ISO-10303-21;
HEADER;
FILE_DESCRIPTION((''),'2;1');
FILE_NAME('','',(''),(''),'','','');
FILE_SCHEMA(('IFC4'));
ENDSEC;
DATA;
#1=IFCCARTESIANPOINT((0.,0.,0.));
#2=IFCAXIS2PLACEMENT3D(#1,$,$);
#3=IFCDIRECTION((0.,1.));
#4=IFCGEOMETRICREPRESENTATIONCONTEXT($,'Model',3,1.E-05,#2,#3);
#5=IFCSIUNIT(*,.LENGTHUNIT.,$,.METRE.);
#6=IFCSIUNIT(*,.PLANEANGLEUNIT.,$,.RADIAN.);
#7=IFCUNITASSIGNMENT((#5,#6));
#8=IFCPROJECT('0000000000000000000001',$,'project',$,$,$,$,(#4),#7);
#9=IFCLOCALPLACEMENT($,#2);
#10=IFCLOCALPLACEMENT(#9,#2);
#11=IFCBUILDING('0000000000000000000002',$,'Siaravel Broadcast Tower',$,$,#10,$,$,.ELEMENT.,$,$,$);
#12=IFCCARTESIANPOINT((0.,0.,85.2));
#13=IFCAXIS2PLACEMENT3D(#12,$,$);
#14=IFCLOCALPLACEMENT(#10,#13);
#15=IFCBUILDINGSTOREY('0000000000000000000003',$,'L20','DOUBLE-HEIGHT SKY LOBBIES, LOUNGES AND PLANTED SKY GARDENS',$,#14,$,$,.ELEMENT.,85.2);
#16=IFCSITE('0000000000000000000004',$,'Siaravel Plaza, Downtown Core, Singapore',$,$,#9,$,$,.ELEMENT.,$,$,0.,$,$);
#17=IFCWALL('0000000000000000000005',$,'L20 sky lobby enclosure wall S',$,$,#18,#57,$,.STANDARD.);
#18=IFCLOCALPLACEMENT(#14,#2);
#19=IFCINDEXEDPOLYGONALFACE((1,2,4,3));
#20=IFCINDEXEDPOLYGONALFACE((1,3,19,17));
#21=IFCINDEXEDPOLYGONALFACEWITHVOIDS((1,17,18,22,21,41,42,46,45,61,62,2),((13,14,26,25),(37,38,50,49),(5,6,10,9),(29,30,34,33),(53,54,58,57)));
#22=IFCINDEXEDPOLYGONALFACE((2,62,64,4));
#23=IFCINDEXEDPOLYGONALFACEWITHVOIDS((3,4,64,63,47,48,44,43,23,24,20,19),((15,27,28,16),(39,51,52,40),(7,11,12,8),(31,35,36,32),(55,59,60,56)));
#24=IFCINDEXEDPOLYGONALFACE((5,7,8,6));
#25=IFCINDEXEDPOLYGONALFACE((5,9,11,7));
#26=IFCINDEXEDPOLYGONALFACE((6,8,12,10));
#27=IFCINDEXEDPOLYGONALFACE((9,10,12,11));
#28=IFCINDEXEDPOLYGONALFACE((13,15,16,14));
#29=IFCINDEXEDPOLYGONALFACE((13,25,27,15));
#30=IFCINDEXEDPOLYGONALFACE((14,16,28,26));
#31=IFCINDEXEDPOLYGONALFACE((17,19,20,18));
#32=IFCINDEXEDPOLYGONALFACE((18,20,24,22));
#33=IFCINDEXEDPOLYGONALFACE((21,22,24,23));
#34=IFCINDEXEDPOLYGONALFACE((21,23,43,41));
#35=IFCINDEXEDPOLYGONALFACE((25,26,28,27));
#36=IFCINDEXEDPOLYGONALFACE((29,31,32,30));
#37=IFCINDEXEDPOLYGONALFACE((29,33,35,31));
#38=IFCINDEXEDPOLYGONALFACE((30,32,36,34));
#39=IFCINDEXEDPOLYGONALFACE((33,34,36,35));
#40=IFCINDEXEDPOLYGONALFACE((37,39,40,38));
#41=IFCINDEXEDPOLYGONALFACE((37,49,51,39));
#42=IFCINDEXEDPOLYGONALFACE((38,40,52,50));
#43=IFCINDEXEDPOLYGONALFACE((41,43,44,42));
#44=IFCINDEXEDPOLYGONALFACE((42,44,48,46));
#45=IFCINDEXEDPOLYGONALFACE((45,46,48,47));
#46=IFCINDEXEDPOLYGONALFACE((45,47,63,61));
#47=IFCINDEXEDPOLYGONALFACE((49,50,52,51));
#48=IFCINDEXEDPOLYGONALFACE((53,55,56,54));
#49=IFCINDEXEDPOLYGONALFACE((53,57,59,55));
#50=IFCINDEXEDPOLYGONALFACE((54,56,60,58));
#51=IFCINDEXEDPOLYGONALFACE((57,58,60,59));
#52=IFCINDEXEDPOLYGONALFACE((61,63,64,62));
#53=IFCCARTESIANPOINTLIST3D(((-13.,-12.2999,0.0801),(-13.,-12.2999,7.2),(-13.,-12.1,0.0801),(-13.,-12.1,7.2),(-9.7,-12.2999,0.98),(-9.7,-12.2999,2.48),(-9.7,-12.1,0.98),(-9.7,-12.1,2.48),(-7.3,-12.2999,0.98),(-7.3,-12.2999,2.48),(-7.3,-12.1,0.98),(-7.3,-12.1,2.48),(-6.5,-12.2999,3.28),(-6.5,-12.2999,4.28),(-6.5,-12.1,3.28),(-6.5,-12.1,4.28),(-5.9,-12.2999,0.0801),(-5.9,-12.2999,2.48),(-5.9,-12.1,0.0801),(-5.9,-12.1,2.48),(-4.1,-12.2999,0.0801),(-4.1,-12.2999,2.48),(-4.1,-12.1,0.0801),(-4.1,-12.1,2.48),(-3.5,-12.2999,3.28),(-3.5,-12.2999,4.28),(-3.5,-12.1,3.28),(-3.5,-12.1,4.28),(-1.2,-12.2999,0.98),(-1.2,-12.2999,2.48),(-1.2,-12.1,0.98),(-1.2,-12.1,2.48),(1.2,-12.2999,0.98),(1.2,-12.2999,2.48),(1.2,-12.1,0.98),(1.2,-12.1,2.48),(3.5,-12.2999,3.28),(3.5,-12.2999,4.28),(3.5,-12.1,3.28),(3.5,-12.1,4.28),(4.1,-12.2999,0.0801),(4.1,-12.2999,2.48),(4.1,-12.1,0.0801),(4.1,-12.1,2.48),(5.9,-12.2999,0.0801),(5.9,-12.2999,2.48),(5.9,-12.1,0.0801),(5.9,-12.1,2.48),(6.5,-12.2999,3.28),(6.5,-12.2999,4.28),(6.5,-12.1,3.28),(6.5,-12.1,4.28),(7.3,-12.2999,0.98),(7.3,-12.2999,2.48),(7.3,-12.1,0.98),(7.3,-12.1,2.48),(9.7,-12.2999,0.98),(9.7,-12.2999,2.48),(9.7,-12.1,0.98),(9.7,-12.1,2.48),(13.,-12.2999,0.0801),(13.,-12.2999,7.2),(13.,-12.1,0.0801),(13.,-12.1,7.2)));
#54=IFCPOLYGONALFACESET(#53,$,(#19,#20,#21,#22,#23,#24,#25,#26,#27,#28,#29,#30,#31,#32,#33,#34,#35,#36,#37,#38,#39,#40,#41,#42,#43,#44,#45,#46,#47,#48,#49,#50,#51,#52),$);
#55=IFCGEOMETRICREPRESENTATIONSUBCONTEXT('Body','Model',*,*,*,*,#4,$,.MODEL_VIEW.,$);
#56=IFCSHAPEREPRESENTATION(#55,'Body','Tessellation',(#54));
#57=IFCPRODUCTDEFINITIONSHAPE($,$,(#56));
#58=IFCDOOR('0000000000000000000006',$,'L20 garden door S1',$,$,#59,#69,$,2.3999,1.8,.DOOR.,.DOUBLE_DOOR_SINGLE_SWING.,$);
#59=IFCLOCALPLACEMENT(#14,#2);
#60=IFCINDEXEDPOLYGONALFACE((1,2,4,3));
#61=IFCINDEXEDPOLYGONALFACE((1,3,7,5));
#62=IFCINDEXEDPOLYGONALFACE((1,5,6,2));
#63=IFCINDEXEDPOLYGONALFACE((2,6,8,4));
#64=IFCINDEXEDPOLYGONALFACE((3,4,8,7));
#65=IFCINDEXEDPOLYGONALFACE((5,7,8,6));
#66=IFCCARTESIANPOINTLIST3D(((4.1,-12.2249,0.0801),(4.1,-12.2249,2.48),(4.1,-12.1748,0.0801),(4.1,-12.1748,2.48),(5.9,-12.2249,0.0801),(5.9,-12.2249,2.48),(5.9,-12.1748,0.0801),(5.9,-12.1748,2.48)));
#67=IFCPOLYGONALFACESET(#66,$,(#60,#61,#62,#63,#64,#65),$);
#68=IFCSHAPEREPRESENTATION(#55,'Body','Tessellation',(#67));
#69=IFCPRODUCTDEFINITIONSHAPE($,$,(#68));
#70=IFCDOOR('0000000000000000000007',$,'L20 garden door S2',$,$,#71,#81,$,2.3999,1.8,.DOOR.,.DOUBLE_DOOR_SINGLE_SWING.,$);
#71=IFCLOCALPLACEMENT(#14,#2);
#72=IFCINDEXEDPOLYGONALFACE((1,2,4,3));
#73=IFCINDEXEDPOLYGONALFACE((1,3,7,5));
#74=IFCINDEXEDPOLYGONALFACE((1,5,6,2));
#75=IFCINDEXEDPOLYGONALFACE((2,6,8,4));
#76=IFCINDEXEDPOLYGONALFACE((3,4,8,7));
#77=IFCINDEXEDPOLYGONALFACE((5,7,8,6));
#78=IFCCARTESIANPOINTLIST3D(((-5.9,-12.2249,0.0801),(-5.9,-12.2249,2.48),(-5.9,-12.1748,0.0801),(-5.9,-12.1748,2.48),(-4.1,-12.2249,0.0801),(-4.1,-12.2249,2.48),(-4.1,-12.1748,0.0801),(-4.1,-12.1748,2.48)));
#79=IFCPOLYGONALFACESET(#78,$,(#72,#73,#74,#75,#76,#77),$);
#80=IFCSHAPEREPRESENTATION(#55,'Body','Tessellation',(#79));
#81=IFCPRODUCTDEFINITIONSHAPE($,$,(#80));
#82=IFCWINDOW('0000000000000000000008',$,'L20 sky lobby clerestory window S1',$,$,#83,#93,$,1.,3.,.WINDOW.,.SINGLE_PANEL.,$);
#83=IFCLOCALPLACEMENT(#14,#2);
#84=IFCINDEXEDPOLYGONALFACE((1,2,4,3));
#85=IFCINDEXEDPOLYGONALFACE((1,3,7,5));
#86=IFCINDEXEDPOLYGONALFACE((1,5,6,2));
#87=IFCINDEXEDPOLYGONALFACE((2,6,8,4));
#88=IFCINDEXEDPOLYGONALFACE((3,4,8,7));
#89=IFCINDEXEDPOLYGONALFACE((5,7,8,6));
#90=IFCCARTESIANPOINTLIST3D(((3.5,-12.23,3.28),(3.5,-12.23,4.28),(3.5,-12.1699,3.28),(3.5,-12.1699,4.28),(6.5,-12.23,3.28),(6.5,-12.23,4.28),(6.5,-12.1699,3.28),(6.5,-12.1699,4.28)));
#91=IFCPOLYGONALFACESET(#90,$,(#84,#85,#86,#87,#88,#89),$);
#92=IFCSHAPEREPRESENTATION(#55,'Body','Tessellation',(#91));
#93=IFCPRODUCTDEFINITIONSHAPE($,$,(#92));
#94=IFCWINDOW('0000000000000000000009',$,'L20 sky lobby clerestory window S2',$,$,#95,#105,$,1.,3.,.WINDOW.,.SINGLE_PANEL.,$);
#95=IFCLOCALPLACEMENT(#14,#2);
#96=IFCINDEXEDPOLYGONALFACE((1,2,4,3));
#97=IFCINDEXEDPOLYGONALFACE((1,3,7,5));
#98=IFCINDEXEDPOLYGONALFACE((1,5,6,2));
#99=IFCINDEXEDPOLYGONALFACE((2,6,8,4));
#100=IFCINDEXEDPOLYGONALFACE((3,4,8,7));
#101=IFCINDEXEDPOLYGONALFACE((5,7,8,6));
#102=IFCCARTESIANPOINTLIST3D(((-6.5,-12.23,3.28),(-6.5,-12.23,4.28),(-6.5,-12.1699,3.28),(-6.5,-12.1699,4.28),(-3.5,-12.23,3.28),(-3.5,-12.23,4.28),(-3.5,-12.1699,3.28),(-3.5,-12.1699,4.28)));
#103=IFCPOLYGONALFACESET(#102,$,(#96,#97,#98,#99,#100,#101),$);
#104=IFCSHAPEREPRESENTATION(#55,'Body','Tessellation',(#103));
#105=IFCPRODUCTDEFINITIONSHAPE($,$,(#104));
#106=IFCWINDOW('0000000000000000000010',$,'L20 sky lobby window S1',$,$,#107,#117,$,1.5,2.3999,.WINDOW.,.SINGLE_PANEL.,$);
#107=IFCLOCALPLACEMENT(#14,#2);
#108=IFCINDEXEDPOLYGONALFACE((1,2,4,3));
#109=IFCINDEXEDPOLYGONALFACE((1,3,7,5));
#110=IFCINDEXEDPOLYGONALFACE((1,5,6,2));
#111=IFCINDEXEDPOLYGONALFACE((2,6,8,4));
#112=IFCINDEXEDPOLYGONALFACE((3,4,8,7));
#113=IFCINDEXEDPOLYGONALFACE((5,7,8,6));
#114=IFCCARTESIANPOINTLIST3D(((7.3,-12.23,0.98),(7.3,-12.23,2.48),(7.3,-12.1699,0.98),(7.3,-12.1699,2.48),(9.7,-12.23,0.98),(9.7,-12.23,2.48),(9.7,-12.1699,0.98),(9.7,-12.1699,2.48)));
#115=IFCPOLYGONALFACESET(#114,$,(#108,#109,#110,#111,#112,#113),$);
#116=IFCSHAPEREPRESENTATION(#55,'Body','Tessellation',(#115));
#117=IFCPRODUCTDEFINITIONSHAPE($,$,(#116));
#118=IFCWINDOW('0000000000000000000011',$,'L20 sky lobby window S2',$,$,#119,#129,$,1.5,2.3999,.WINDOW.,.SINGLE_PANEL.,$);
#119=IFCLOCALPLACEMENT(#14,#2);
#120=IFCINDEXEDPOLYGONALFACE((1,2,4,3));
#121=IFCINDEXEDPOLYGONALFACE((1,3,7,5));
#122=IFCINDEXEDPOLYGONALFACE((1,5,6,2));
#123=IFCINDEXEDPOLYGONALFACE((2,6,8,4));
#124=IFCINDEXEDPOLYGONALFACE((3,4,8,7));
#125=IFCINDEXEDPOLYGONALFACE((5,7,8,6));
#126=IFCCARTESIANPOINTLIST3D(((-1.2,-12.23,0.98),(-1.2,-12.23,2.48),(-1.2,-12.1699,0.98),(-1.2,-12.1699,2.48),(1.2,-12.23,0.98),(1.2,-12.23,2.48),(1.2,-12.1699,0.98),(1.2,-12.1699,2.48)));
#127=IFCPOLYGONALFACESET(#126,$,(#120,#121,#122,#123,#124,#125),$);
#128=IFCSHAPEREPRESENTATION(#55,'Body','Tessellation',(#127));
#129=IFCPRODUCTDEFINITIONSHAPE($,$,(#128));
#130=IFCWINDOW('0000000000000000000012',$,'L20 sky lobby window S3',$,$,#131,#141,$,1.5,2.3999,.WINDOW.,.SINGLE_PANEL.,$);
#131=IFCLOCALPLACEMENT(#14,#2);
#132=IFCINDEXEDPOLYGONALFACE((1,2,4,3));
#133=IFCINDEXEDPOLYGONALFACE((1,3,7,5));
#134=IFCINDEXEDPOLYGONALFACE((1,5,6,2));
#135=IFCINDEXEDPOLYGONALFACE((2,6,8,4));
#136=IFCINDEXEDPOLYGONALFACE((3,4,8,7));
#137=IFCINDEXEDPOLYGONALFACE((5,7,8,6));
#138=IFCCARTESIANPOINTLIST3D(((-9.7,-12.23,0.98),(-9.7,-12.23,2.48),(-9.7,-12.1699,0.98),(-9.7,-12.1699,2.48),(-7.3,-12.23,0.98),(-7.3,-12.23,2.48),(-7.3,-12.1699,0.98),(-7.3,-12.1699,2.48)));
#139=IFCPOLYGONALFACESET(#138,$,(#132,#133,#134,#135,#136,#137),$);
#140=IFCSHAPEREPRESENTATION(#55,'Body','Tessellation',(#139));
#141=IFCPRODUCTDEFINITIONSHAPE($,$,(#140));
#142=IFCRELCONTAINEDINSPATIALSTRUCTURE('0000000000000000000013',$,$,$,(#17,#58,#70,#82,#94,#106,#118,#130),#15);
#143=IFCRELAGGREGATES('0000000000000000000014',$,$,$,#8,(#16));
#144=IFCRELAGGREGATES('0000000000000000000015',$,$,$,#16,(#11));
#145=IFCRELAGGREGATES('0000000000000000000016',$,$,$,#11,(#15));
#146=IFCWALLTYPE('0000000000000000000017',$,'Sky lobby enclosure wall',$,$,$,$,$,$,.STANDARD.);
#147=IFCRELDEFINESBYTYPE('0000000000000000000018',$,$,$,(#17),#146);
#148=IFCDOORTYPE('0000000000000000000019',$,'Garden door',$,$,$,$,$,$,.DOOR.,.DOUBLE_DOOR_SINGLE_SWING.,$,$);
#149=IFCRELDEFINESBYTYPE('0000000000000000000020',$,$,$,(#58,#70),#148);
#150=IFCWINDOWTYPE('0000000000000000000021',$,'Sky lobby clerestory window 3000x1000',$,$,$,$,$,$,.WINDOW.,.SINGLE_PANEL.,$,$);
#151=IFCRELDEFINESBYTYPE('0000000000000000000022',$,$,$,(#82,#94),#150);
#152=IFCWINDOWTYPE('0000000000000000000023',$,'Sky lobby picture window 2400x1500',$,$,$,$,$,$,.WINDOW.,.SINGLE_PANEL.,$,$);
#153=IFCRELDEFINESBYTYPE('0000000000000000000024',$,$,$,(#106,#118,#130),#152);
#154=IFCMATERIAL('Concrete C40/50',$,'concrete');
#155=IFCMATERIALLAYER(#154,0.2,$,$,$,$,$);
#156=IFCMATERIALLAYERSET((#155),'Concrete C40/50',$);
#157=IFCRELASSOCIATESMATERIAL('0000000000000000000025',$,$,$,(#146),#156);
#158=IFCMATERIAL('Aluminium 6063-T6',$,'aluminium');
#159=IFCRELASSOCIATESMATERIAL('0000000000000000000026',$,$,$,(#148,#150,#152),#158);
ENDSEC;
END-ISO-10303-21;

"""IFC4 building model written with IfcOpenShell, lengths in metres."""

from ifc_helpers import new_model, si_unit, direction, frame, frame_2d, origin, place, context, subcontext, project, spatial, rectangle, extrude, material, layer, layer_set, type_object, element, fill, save


model = new_model("IFC4")

# Units and contexts
model_context = context("Model", 3, precision=1e-05, world=origin(), true_north=direction((0.0, 1.0)))
body_context = subcontext(model_context, "Body", "Model", "MODEL_VIEW")
ifc_project = project(units=[si_unit("LENGTHUNIT", "METRE"), si_unit("PLANEANGLEUNIT", "RADIAN")], contexts=[model_context])

# Site, building, storey
site_placement = place(None, origin())
site = spatial("IfcSite", under=ifc_project, at=site_placement, Name="Siaravel Plaza, Downtown Core, Singapore", CompositionType="ELEMENT", RefElevation=0.0)
building_placement = place(site_placement, origin())
building = spatial("IfcBuilding", under=site, at=building_placement, Name="Siaravel Broadcast Tower", CompositionType="ELEMENT")
storey_placement = place(building_placement, frame((0.0, 0.0, 85.2)))
storey = spatial("IfcBuildingStorey", under=building, at=storey_placement, Name="L20", Description="DOUBLE-HEIGHT SKY LOBBIES, LOUNGES AND PLANTED SKY GARDENS", CompositionType="ELEMENT", Elevation=85.2)

# Wall, openings, doors, windows
ifc_material_1 = material(Name="Concrete C40/50", Category="concrete")
ifc_layer = layer(ifc_material_1, 0.2)
ifc_layer_set = layer_set([ifc_layer], Name="Concrete C40/50")
wall_type = type_object("IfcWallType", Name="Sky lobby enclosure wall", PredefinedType="STANDARD", material=ifc_layer_set)
wall_placement = place(storey_placement, frame((13.0, -12.2, 0.0801), z_axis=(0.0, 0.0, 1.0), x_axis=(-1.0, 0.0, 0.0)))
wall = element("IfcWall", 1, at=wall_placement, inside=storey, type_object=wall_type, Name="L20 sky lobby enclosure wall S", PredefinedType="STANDARD", context=body_context, shape_type="SweptSolid", body=[
    extrude(rectangle(XDim=26.0, YDim=0.2, at=frame_2d((13.0, 0.0))), origin(), (0.0, 0.0, 1.0), 7.1199),
])
opening_1_placement = place(wall_placement, frame((7.1001, 0.0, 0.0)))
opening_1 = element("IfcOpeningElement", 2, at=opening_1_placement, cuts=wall, PredefinedType="OPENING", context=body_context, shape_type="SweptSolid", body=[
    extrude(rectangle(XDim=1.8, YDim=2.3999, at=frame_2d((0.8999, 1.2))), frame((0.0, 0.1099, 0.0), z_axis=(0.0, -1.0, 0.0), x_axis=(1.0, 0.0, 0.0)), (0.0, 0.0, 1.0), 0.22),
])
opening_2_placement = place(wall_placement, frame((17.1001, 0.0, 0.0)))
opening_2 = element("IfcOpeningElement", 3, at=opening_2_placement, cuts=wall, PredefinedType="OPENING", context=body_context, shape_type="SweptSolid", body=[
    extrude(rectangle(XDim=1.8, YDim=2.3999, at=frame_2d((0.8999, 1.2))), frame((0.0, 0.1099, 0.0), z_axis=(0.0, -1.0, 0.0), x_axis=(1.0, 0.0, 0.0)), (0.0, 0.0, 1.0), 0.22),
])
opening_3_placement = place(wall_placement, frame((3.3, 0.0, 0.8999)))
opening_3 = element("IfcOpeningElement", 4, at=opening_3_placement, cuts=wall, PredefinedType="OPENING", context=body_context, shape_type="SweptSolid", body=[
    extrude(rectangle(XDim=2.3999, YDim=1.5, at=frame_2d((1.2, 0.75))), frame((0.0, 0.1099, 0.0), z_axis=(0.0, -1.0, 0.0), x_axis=(1.0, 0.0, 0.0)), (0.0, 0.0, 1.0), 0.22),
])
opening_4_placement = place(wall_placement, frame((11.8, 0.0, 0.8999)))
opening_4 = element("IfcOpeningElement", 5, at=opening_4_placement, cuts=wall, PredefinedType="OPENING", context=body_context, shape_type="SweptSolid", body=[
    extrude(rectangle(XDim=2.3999, YDim=1.5, at=frame_2d((1.2, 0.75))), frame((0.0, 0.1099, 0.0), z_axis=(0.0, -1.0, 0.0), x_axis=(1.0, 0.0, 0.0)), (0.0, 0.0, 1.0), 0.22),
])
opening_5_placement = place(wall_placement, frame((20.3, 0.0, 0.8999)))
opening_5 = element("IfcOpeningElement", 6, at=opening_5_placement, cuts=wall, PredefinedType="OPENING", context=body_context, shape_type="SweptSolid", body=[
    extrude(rectangle(XDim=2.3999, YDim=1.5, at=frame_2d((1.2, 0.75))), frame((0.0, 0.1099, 0.0), z_axis=(0.0, -1.0, 0.0), x_axis=(1.0, 0.0, 0.0)), (0.0, 0.0, 1.0), 0.22),
])
opening_6_placement = place(wall_placement, frame((6.5, 0.0, 3.2)))
opening_6 = element("IfcOpeningElement", 7, at=opening_6_placement, cuts=wall, PredefinedType="OPENING", context=body_context, shape_type="SweptSolid", body=[
    extrude(rectangle(XDim=3.0, YDim=1.0, at=frame_2d((1.5, 0.5))), frame((0.0, 0.1099, 0.0), z_axis=(0.0, -1.0, 0.0), x_axis=(1.0, 0.0, 0.0)), (0.0, 0.0, 1.0), 0.22),
])
opening_7_placement = place(wall_placement, frame((16.5, 0.0, 3.2)))
opening_7 = element("IfcOpeningElement", 8, at=opening_7_placement, cuts=wall, PredefinedType="OPENING", context=body_context, shape_type="SweptSolid", body=[
    extrude(rectangle(XDim=3.0, YDim=1.0, at=frame_2d((1.5, 0.5))), frame((0.0, 0.1099, 0.0), z_axis=(0.0, -1.0, 0.0), x_axis=(1.0, 0.0, 0.0)), (0.0, 0.0, 1.0), 0.22),
])
ifc_material_2 = material(Name="Aluminium 6063-T6", Category="aluminium")
door_type = type_object("IfcDoorType", Name="Garden door", OperationType="DOUBLE_DOOR_SINGLE_SWING", PredefinedType="DOOR", material=ifc_material_2)
door_1_placement = place(opening_1_placement, origin())
door_1 = element("IfcDoor", 9, at=door_1_placement, inside=storey, type_object=door_type, Name="L20 garden door S1", OperationType="DOUBLE_DOOR_SINGLE_SWING", OverallHeight=2.3999, OverallWidth=1.8, PredefinedType="DOOR", context=body_context, shape_type="SweptSolid", body=[
    extrude(rectangle(XDim=1.8, YDim=2.3999, at=frame_2d((0.8999, 1.2))), frame((0.0, 0.0249, 0.0), z_axis=(0.0, -1.0, 0.0), x_axis=(1.0, 0.0, 0.0)), (0.0, 0.0, 1.0), 0.05),
])
fill(opening_1, door_1)
door_2_placement = place(opening_2_placement, origin())
door_2 = element("IfcDoor", 10, at=door_2_placement, inside=storey, type_object=door_type, Name="L20 garden door S2", OperationType="DOUBLE_DOOR_SINGLE_SWING", OverallHeight=2.3999, OverallWidth=1.8, PredefinedType="DOOR", context=body_context, shape_type="SweptSolid", body=[
    extrude(rectangle(XDim=1.8, YDim=2.3999, at=frame_2d((0.8999, 1.2))), frame((0.0, 0.0249, 0.0), z_axis=(0.0, -1.0, 0.0), x_axis=(1.0, 0.0, 0.0)), (0.0, 0.0, 1.0), 0.05),
])
fill(opening_2, door_2)
window_type_1 = type_object("IfcWindowType", Name="Sky lobby clerestory window 3000x1000", PartitioningType="SINGLE_PANEL", PredefinedType="WINDOW", material=ifc_material_2)
window_1_placement = place(opening_6_placement, origin())
window_1 = element("IfcWindow", 11, at=window_1_placement, inside=storey, type_object=window_type_1, Name="L20 sky lobby clerestory window S1", OverallHeight=1.0, OverallWidth=3.0, PartitioningType="SINGLE_PANEL", PredefinedType="WINDOW", context=body_context, shape_type="SweptSolid", body=[
    extrude(rectangle(XDim=3.0, YDim=1.0, at=frame_2d((1.5, 0.5))), frame((0.0, 0.03, 0.0), z_axis=(0.0, -1.0, 0.0), x_axis=(1.0, 0.0, 0.0)), (0.0, 0.0, 1.0), 0.0601),
])
fill(opening_6, window_1)
window_2_placement = place(opening_7_placement, origin())
window_2 = element("IfcWindow", 12, at=window_2_placement, inside=storey, type_object=window_type_1, Name="L20 sky lobby clerestory window S2", OverallHeight=1.0, OverallWidth=3.0, PartitioningType="SINGLE_PANEL", PredefinedType="WINDOW", context=body_context, shape_type="SweptSolid", body=[
    extrude(rectangle(XDim=3.0, YDim=1.0, at=frame_2d((1.5, 0.5))), frame((0.0, 0.03, 0.0), z_axis=(0.0, -1.0, 0.0), x_axis=(1.0, 0.0, 0.0)), (0.0, 0.0, 1.0), 0.0601),
])
fill(opening_7, window_2)
window_type_2 = type_object("IfcWindowType", Name="Sky lobby picture window 2400x1500", PartitioningType="SINGLE_PANEL", PredefinedType="WINDOW", material=ifc_material_2)
window_3_placement = place(opening_3_placement, origin())
window_3 = element("IfcWindow", 13, at=window_3_placement, inside=storey, type_object=window_type_2, Name="L20 sky lobby window S1", OverallHeight=1.5, OverallWidth=2.3999, PartitioningType="SINGLE_PANEL", PredefinedType="WINDOW", context=body_context, shape_type="SweptSolid", body=[
    extrude(rectangle(XDim=2.3999, YDim=1.5, at=frame_2d((1.2, 0.75))), frame((0.0, 0.03, 0.0), z_axis=(0.0, -1.0, 0.0), x_axis=(1.0, 0.0, 0.0)), (0.0, 0.0, 1.0), 0.0601),
])
fill(opening_3, window_3)
window_4_placement = place(opening_4_placement, origin())
window_4 = element("IfcWindow", 14, at=window_4_placement, inside=storey, type_object=window_type_2, Name="L20 sky lobby window S2", OverallHeight=1.5, OverallWidth=2.3999, PartitioningType="SINGLE_PANEL", PredefinedType="WINDOW", context=body_context, shape_type="SweptSolid", body=[
    extrude(rectangle(XDim=2.3999, YDim=1.5, at=frame_2d((1.2, 0.75))), frame((0.0, 0.03, 0.0), z_axis=(0.0, -1.0, 0.0), x_axis=(1.0, 0.0, 0.0)), (0.0, 0.0, 1.0), 0.0601),
])
fill(opening_4, window_4)
window_5_placement = place(opening_5_placement, origin())
window_5 = element("IfcWindow", 15, at=window_5_placement, inside=storey, type_object=window_type_2, Name="L20 sky lobby window S3", OverallHeight=1.5, OverallWidth=2.3999, PartitioningType="SINGLE_PANEL", PredefinedType="WINDOW", context=body_context, shape_type="SweptSolid", body=[
    extrude(rectangle(XDim=2.3999, YDim=1.5, at=frame_2d((1.2, 0.75))), frame((0.0, 0.03, 0.0), z_axis=(0.0, -1.0, 0.0), x_axis=(1.0, 0.0, 0.0)), (0.0, 0.0, 1.0), 0.0601),
])
fill(opening_5, window_5)

save(model, "model.ifc")
